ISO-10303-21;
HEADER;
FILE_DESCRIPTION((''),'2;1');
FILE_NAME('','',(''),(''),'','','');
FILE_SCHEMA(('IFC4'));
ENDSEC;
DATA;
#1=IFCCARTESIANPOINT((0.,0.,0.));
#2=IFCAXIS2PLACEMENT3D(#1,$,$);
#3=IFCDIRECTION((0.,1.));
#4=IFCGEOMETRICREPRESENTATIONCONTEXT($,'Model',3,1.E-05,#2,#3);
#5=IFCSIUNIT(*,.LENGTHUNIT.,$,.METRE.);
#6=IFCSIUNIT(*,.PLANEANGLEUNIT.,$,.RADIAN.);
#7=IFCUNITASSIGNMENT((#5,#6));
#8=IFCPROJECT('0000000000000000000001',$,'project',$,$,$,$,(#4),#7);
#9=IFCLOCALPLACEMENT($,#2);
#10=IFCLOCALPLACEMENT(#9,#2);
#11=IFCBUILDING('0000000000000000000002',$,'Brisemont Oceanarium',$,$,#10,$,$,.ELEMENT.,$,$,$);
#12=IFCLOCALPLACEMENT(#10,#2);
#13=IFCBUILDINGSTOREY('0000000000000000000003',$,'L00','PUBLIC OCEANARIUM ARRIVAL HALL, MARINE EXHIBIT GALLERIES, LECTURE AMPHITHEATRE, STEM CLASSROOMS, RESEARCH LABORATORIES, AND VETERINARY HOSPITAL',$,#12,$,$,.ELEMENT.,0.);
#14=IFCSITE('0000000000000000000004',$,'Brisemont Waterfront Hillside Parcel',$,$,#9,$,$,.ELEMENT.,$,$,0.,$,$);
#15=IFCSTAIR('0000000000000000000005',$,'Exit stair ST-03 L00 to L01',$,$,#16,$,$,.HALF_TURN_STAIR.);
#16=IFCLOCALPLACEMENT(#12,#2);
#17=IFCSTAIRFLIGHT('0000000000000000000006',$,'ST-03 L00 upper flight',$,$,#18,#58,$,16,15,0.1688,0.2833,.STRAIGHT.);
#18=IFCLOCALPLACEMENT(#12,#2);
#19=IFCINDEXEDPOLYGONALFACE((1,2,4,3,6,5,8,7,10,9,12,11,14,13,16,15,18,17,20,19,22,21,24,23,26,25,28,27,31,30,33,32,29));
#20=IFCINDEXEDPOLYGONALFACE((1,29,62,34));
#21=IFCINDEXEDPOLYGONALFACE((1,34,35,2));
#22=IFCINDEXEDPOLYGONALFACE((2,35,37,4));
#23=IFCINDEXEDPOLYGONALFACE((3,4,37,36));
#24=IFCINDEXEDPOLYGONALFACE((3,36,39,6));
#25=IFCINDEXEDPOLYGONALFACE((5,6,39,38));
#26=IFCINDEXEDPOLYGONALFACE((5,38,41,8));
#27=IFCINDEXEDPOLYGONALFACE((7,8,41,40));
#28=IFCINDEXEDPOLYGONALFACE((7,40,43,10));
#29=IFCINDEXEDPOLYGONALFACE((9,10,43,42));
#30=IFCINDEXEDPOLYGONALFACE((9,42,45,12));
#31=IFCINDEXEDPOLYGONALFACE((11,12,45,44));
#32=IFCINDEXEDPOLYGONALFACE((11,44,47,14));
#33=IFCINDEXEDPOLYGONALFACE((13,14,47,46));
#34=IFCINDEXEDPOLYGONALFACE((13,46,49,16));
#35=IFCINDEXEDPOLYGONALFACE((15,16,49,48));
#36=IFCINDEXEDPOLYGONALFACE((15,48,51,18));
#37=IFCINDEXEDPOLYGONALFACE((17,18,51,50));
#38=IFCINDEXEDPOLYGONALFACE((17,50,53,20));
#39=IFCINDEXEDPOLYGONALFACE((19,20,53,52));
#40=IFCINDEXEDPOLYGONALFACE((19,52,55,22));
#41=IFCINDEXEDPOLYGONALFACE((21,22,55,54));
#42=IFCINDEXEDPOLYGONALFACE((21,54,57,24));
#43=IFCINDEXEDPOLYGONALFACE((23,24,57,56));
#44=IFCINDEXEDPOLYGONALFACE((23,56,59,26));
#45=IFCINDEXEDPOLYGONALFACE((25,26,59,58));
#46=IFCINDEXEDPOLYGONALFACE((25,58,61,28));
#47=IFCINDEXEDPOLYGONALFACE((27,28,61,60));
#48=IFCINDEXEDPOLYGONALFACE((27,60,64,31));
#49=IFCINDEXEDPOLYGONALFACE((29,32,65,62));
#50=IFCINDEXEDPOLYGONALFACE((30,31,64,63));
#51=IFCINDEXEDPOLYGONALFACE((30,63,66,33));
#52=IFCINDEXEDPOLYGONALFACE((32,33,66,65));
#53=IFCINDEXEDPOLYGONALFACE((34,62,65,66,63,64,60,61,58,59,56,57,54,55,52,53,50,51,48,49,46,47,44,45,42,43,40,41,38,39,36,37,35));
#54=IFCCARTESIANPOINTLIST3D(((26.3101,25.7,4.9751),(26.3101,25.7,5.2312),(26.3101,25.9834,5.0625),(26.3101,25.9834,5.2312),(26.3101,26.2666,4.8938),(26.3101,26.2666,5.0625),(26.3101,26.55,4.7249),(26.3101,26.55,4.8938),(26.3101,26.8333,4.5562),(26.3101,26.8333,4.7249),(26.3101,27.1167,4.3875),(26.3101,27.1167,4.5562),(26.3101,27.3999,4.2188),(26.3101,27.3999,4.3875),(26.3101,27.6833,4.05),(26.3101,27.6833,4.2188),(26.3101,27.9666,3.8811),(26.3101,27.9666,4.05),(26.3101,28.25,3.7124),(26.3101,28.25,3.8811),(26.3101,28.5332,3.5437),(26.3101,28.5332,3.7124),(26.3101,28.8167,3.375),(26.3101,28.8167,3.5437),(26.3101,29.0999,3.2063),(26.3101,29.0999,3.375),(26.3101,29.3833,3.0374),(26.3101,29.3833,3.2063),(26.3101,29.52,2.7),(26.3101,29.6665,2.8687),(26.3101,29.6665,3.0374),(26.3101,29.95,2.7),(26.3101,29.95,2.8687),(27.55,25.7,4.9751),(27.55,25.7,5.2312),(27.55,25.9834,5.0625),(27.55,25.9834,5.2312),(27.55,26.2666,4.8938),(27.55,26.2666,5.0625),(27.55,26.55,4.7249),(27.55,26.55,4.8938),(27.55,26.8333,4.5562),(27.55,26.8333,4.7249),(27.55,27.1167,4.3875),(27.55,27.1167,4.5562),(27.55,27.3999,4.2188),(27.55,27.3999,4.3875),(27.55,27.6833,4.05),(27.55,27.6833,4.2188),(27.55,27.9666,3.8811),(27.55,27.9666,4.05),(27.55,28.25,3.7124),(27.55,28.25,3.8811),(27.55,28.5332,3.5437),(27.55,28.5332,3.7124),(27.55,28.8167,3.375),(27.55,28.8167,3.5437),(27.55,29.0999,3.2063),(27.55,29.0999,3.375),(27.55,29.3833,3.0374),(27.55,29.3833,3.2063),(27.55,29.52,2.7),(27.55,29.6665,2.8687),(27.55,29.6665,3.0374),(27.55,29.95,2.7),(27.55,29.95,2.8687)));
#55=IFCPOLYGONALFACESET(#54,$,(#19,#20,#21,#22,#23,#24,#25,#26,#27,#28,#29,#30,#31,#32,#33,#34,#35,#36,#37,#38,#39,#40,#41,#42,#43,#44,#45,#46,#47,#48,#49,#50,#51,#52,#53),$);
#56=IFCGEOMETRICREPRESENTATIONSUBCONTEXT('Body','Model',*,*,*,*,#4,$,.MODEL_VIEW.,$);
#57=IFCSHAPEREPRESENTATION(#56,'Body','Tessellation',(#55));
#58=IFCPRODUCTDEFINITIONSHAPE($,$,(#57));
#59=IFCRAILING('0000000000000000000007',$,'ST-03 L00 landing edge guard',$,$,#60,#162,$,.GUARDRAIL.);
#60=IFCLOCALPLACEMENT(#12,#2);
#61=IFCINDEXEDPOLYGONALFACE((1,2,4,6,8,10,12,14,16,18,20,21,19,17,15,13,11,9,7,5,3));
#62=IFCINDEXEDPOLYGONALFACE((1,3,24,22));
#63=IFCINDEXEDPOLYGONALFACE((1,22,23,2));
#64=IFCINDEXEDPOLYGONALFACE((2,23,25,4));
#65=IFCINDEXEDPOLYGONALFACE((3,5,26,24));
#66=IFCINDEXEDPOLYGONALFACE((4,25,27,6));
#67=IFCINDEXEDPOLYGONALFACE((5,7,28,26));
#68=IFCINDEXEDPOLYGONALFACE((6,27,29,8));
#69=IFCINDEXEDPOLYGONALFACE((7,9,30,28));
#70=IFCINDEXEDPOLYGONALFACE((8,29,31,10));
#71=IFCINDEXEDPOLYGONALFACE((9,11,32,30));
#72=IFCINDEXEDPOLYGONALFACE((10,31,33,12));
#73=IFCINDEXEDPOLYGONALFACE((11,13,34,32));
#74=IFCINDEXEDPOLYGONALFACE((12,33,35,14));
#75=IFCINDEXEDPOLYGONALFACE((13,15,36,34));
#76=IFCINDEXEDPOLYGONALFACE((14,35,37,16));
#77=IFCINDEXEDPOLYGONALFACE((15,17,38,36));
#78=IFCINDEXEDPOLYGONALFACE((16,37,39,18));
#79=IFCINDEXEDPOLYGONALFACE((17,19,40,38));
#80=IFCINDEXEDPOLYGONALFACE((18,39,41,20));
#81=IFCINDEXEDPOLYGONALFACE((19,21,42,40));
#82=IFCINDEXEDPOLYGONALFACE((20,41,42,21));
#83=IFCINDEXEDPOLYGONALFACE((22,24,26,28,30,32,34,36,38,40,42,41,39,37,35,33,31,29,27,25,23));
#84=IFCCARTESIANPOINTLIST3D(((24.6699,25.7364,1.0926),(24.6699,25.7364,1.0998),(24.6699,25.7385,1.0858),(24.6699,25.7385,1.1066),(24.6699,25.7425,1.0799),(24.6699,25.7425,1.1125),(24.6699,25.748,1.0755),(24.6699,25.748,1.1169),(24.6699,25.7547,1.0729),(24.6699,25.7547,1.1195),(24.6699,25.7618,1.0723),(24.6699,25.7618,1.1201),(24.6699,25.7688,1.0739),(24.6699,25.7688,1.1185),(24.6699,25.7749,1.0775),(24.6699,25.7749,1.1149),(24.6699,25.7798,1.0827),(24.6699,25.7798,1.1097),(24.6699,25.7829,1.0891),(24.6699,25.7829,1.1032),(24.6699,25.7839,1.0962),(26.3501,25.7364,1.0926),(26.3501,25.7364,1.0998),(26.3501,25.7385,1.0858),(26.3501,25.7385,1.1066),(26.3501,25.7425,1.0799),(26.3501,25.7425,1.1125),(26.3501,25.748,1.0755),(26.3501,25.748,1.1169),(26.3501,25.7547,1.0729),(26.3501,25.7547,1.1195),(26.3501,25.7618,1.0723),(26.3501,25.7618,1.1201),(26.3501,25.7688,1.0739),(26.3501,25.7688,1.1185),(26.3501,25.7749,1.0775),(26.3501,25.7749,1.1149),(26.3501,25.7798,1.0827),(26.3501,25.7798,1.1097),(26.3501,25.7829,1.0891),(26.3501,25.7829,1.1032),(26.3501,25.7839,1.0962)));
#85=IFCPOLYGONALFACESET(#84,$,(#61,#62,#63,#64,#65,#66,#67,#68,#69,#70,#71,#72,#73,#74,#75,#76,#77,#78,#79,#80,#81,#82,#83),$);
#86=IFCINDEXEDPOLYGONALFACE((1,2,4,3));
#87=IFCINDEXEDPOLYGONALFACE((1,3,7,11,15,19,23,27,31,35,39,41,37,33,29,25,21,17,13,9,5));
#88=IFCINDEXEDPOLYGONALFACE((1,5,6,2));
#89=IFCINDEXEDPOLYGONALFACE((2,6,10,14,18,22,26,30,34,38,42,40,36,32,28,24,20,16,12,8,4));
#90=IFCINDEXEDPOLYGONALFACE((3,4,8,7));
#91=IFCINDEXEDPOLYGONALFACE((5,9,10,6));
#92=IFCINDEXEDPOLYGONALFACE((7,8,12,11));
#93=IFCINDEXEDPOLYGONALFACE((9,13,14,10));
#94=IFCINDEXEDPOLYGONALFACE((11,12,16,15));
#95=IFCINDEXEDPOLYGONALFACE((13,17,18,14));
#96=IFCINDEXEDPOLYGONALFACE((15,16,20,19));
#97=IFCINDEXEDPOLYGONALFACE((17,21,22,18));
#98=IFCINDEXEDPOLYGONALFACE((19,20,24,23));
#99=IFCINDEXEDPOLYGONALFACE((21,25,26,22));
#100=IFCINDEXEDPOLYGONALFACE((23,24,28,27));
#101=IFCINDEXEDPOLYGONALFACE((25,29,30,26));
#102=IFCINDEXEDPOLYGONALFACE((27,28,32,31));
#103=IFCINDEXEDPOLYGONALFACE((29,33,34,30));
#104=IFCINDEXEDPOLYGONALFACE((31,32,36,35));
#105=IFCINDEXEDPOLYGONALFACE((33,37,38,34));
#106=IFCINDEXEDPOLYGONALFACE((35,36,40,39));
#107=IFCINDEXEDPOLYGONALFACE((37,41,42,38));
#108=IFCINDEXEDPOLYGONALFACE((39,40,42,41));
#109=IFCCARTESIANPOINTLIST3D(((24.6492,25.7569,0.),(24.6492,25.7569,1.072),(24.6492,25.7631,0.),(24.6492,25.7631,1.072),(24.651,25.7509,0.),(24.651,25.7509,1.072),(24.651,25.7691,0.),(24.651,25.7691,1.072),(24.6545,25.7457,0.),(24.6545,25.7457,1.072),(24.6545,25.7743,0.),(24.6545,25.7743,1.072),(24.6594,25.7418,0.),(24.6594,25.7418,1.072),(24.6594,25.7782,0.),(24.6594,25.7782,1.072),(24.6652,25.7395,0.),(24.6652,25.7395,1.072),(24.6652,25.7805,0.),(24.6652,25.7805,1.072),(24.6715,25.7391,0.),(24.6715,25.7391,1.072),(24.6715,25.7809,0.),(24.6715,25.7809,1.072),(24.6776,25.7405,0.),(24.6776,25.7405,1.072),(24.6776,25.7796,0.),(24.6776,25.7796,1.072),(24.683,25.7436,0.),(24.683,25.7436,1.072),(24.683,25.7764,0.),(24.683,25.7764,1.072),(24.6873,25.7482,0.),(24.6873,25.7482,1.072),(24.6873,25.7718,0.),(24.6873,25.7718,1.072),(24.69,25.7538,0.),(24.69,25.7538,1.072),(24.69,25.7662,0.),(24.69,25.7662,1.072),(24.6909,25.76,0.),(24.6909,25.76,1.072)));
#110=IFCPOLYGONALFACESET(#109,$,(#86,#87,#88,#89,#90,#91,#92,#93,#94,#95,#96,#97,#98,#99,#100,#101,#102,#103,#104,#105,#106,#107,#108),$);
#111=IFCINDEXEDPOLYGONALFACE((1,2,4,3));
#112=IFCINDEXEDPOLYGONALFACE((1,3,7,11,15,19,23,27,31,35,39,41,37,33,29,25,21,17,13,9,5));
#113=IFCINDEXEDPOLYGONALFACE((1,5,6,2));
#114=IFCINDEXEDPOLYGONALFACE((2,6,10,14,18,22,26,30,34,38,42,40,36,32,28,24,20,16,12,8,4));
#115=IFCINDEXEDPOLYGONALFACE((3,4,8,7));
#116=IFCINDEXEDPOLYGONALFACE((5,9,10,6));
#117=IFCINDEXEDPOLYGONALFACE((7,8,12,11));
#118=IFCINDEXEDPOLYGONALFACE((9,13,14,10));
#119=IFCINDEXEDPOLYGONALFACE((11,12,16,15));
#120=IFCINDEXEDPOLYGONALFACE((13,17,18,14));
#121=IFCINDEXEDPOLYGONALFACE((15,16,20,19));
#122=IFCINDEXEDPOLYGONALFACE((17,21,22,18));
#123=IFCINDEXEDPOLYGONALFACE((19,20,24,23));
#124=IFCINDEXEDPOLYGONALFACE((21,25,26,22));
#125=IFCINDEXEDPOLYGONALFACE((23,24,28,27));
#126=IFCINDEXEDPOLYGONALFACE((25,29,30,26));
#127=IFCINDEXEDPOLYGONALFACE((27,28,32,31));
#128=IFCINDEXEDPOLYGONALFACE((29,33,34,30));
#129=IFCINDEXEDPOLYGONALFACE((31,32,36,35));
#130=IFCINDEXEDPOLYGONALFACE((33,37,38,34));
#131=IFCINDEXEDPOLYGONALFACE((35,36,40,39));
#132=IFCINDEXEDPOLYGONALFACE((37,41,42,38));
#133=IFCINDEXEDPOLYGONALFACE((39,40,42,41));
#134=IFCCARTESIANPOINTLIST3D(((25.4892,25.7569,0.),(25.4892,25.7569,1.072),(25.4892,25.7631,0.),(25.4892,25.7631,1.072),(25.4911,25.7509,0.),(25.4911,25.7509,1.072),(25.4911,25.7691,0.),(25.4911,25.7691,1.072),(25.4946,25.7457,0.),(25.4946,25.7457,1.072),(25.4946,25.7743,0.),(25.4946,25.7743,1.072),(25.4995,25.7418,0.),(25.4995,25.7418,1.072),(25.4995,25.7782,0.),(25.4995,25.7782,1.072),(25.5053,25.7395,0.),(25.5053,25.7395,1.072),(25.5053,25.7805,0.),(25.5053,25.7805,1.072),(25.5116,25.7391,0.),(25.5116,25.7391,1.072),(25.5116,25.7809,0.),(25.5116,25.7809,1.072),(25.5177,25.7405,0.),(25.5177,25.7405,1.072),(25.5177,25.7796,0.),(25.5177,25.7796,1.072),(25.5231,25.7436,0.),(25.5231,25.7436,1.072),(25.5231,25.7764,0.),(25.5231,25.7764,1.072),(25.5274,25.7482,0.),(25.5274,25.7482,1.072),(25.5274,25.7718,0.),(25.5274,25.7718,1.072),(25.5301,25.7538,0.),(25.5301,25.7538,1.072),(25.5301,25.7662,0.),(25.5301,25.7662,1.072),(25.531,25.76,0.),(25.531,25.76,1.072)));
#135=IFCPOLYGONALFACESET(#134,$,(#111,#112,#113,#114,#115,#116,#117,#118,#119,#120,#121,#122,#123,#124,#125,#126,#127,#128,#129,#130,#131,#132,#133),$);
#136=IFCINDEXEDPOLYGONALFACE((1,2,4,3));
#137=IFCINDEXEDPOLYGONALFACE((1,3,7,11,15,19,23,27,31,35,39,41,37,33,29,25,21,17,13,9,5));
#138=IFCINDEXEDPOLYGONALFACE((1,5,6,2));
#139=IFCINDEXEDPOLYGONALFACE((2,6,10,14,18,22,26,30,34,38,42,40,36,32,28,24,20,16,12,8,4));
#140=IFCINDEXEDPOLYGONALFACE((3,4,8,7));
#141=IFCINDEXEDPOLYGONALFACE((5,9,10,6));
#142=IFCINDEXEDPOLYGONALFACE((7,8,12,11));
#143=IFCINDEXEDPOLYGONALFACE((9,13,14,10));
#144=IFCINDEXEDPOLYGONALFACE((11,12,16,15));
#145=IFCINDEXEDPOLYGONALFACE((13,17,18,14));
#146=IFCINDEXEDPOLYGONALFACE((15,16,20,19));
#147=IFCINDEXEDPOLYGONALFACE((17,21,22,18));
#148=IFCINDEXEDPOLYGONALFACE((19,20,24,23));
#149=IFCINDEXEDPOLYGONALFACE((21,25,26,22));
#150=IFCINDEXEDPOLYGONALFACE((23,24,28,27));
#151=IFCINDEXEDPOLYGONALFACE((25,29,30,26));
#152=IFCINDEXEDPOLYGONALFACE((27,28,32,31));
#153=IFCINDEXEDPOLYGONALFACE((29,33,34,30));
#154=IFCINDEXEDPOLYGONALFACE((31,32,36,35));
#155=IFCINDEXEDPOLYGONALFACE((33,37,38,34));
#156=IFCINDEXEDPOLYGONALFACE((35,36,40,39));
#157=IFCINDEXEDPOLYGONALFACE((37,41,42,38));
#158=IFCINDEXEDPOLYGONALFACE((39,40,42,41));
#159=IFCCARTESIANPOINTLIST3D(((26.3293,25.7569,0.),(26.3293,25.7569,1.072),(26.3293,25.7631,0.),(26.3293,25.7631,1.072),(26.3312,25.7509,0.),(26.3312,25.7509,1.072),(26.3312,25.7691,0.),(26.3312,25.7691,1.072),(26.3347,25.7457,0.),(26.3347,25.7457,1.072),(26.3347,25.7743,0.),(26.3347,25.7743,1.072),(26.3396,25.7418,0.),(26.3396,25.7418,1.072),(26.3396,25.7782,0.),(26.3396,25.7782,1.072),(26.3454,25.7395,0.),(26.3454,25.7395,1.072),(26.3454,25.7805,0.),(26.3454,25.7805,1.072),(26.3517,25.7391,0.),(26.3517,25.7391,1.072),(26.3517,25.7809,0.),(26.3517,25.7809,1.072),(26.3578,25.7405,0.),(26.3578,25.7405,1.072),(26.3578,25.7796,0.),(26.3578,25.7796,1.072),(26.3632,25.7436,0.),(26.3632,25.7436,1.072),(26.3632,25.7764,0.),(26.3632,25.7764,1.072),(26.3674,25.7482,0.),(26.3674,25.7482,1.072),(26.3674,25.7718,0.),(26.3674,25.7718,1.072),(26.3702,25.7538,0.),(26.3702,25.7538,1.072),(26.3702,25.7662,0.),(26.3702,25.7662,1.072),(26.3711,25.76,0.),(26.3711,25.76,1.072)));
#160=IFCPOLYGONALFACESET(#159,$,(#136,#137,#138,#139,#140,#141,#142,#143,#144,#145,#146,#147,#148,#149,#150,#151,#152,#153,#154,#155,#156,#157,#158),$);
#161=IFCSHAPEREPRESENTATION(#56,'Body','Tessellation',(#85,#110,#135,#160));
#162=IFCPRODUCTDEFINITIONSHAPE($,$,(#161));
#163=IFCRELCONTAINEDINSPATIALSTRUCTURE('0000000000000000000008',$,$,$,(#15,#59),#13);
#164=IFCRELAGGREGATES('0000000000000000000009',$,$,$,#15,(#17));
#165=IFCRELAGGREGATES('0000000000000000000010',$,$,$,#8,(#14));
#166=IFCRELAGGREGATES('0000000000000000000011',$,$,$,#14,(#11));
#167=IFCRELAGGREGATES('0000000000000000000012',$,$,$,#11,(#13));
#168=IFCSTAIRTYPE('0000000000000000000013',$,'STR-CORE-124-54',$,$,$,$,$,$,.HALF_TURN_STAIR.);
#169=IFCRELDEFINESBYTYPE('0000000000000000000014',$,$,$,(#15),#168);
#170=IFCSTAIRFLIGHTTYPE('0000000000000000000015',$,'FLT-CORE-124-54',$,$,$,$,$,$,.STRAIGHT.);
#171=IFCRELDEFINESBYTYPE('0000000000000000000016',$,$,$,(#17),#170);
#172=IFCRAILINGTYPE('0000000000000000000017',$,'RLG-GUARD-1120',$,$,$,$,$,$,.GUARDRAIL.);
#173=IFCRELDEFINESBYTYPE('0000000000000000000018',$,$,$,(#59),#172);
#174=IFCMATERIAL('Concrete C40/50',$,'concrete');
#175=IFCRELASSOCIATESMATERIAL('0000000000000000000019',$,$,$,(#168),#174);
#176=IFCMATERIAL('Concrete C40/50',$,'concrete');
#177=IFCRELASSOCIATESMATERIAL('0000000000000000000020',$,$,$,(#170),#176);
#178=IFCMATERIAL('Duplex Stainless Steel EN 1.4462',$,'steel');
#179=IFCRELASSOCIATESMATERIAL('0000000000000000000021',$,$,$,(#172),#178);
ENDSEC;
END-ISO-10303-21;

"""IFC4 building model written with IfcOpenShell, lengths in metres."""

from ifc_helpers import new_model, si_unit, direction, frame, origin, origin_2d, place, context, subcontext, project, spatial, polyline, circle, outline, extrude, material, type_object, element, aggregate, save


model = new_model("IFC4")

# Units and contexts
model_context = context("Model", 3, precision=1e-05, world=origin(), true_north=direction((0.0, 1.0)))
body_context = subcontext(model_context, "Body", "Model", "MODEL_VIEW")
ifc_project = project(units=[si_unit("LENGTHUNIT", "METRE"), si_unit("PLANEANGLEUNIT", "RADIAN")], contexts=[model_context])

# Site, building, storey
site_placement = place(None, origin())
site = spatial("IfcSite", under=ifc_project, at=site_placement, Name="Brisemont Waterfront Hillside Parcel", CompositionType="ELEMENT", RefElevation=0.0)
building_placement = place(site_placement, origin())
building = spatial("IfcBuilding", under=site, at=building_placement, Name="Brisemont Oceanarium", CompositionType="ELEMENT")
storey_placement = place(building_placement, origin())
storey = spatial("IfcBuildingStorey", under=building, at=storey_placement, Name="L00", Description="PUBLIC OCEANARIUM ARRIVAL HALL, MARINE EXHIBIT GALLERIES, LECTURE AMPHITHEATRE, STEM CLASSROOMS, RESEARCH LABORATORIES, AND VETERINARY HOSPITAL", CompositionType="ELEMENT", Elevation=0.0)

# Stair, stair flight
ifc_material_1 = material(Name="Concrete C40/50", Category="concrete")
stair_type = type_object("IfcStairType", Name="STR-CORE-124-54", PredefinedType="HALF_TURN_STAIR", material=ifc_material_1)
stair_placement = place(storey_placement, origin())
stair = element("IfcStair", 1, at=stair_placement, inside=storey, type_object=stair_type, Name="Exit stair ST-03 L00 to L01", PredefinedType="HALF_TURN_STAIR")
ifc_material_2 = material(Name="Concrete C40/50", Category="concrete")
stair_flight_type = type_object("IfcStairFlightType", Name="FLT-CORE-124-54", PredefinedType="STRAIGHT", material=ifc_material_2)
stair_flight_placement = place(storey_placement, frame((26.9299, 29.95, 2.7), z_axis=(0.0, 0.0, 1.0), x_axis=(0.0, -1.0, 0.0)))
stair_flight = element("IfcStairFlight", 2, at=stair_flight_placement, type_object=stair_flight_type, Name="ST-03 L00 upper flight", NumberOfRisers=16, NumberOfTreads=15, PredefinedType="STRAIGHT", RiserHeight=0.1688, TreadLength=0.2833, context=body_context, shape_type="SweptSolid", body=[
    extrude(outline(polyline([(0.0, 0.0), (0.0, 0.1687), (0.2834, 0.1687), (0.2834, 0.3374), (0.5667, 0.3374), (0.5667, 0.5063), (0.8501, 0.5063), (0.8501, 0.675), (1.1333, 0.675), (1.1333, 0.8438), (1.4167, 0.8438), (1.4167, 1.0125), (1.7, 1.0125), (1.7, 1.1812), (1.9834, 1.1812), (1.9834, 1.3501), (2.2666, 1.3501), (2.2666, 1.5188), (2.55, 1.5188), (2.55, 1.6875), (2.8333, 1.6875), (2.8333, 1.8562), (3.1167, 1.8562), (3.1167, 2.0249), (3.3999, 2.0249), (3.3999, 2.1938), (3.6833, 2.1938), (3.6833, 2.3625), (3.9666, 2.3625), (3.9666, 2.5312), (4.25, 2.5312), (4.25, 2.7), (4.25, 2.2751), (0.4299, 0.0), (0.0, 0.0)])), frame((0.0, 0.6201, 0.0), z_axis=(0.0, -1.0, 0.0), x_axis=(1.0, 0.0, 0.0)), (0.0, 0.0, 1.0), 1.24),
])
aggregate(stair, [stair_flight])

# Railing
ifc_material_3 = material(Name="Duplex Stainless Steel EN 1.4462", Category="steel")
railing_type_1 = type_object("IfcRailingType", Name="RLG-GUARD-1120", PredefinedType="GUARDRAIL", material=ifc_material_3)
railing_1_placement = place(storey_placement, frame((24.6699, 25.76, 0.0)))
element("IfcRailing", 3, at=railing_1_placement, inside=storey, type_object=railing_type_1, Name="ST-03 L00 landing edge guard", PredefinedType="GUARDRAIL", context=body_context, shape_type="SweptSolid", body=[
    extrude(circle(Radius=0.0239, at=origin_2d()), frame((0.0, 0.0, 1.0962), z_axis=(1.0, 0.0, 0.0), x_axis=(0.0, 1.0, 0.0)), (0.0, 0.0, 1.0), 1.6802),
    extrude(circle(Radius=0.021, at=origin_2d()), origin(), (0.0, 0.0, 1.0), 1.072),
    extrude(circle(Radius=0.021, at=origin_2d()), frame((0.8401, 0.0, 0.0)), (0.0, 0.0, 1.0), 1.072),
    extrude(circle(Radius=0.021, at=origin_2d()), frame((1.6802, 0.0, 0.0)), (0.0, 0.0, 1.0), 1.072),
])

save(model, "model.ifc")
